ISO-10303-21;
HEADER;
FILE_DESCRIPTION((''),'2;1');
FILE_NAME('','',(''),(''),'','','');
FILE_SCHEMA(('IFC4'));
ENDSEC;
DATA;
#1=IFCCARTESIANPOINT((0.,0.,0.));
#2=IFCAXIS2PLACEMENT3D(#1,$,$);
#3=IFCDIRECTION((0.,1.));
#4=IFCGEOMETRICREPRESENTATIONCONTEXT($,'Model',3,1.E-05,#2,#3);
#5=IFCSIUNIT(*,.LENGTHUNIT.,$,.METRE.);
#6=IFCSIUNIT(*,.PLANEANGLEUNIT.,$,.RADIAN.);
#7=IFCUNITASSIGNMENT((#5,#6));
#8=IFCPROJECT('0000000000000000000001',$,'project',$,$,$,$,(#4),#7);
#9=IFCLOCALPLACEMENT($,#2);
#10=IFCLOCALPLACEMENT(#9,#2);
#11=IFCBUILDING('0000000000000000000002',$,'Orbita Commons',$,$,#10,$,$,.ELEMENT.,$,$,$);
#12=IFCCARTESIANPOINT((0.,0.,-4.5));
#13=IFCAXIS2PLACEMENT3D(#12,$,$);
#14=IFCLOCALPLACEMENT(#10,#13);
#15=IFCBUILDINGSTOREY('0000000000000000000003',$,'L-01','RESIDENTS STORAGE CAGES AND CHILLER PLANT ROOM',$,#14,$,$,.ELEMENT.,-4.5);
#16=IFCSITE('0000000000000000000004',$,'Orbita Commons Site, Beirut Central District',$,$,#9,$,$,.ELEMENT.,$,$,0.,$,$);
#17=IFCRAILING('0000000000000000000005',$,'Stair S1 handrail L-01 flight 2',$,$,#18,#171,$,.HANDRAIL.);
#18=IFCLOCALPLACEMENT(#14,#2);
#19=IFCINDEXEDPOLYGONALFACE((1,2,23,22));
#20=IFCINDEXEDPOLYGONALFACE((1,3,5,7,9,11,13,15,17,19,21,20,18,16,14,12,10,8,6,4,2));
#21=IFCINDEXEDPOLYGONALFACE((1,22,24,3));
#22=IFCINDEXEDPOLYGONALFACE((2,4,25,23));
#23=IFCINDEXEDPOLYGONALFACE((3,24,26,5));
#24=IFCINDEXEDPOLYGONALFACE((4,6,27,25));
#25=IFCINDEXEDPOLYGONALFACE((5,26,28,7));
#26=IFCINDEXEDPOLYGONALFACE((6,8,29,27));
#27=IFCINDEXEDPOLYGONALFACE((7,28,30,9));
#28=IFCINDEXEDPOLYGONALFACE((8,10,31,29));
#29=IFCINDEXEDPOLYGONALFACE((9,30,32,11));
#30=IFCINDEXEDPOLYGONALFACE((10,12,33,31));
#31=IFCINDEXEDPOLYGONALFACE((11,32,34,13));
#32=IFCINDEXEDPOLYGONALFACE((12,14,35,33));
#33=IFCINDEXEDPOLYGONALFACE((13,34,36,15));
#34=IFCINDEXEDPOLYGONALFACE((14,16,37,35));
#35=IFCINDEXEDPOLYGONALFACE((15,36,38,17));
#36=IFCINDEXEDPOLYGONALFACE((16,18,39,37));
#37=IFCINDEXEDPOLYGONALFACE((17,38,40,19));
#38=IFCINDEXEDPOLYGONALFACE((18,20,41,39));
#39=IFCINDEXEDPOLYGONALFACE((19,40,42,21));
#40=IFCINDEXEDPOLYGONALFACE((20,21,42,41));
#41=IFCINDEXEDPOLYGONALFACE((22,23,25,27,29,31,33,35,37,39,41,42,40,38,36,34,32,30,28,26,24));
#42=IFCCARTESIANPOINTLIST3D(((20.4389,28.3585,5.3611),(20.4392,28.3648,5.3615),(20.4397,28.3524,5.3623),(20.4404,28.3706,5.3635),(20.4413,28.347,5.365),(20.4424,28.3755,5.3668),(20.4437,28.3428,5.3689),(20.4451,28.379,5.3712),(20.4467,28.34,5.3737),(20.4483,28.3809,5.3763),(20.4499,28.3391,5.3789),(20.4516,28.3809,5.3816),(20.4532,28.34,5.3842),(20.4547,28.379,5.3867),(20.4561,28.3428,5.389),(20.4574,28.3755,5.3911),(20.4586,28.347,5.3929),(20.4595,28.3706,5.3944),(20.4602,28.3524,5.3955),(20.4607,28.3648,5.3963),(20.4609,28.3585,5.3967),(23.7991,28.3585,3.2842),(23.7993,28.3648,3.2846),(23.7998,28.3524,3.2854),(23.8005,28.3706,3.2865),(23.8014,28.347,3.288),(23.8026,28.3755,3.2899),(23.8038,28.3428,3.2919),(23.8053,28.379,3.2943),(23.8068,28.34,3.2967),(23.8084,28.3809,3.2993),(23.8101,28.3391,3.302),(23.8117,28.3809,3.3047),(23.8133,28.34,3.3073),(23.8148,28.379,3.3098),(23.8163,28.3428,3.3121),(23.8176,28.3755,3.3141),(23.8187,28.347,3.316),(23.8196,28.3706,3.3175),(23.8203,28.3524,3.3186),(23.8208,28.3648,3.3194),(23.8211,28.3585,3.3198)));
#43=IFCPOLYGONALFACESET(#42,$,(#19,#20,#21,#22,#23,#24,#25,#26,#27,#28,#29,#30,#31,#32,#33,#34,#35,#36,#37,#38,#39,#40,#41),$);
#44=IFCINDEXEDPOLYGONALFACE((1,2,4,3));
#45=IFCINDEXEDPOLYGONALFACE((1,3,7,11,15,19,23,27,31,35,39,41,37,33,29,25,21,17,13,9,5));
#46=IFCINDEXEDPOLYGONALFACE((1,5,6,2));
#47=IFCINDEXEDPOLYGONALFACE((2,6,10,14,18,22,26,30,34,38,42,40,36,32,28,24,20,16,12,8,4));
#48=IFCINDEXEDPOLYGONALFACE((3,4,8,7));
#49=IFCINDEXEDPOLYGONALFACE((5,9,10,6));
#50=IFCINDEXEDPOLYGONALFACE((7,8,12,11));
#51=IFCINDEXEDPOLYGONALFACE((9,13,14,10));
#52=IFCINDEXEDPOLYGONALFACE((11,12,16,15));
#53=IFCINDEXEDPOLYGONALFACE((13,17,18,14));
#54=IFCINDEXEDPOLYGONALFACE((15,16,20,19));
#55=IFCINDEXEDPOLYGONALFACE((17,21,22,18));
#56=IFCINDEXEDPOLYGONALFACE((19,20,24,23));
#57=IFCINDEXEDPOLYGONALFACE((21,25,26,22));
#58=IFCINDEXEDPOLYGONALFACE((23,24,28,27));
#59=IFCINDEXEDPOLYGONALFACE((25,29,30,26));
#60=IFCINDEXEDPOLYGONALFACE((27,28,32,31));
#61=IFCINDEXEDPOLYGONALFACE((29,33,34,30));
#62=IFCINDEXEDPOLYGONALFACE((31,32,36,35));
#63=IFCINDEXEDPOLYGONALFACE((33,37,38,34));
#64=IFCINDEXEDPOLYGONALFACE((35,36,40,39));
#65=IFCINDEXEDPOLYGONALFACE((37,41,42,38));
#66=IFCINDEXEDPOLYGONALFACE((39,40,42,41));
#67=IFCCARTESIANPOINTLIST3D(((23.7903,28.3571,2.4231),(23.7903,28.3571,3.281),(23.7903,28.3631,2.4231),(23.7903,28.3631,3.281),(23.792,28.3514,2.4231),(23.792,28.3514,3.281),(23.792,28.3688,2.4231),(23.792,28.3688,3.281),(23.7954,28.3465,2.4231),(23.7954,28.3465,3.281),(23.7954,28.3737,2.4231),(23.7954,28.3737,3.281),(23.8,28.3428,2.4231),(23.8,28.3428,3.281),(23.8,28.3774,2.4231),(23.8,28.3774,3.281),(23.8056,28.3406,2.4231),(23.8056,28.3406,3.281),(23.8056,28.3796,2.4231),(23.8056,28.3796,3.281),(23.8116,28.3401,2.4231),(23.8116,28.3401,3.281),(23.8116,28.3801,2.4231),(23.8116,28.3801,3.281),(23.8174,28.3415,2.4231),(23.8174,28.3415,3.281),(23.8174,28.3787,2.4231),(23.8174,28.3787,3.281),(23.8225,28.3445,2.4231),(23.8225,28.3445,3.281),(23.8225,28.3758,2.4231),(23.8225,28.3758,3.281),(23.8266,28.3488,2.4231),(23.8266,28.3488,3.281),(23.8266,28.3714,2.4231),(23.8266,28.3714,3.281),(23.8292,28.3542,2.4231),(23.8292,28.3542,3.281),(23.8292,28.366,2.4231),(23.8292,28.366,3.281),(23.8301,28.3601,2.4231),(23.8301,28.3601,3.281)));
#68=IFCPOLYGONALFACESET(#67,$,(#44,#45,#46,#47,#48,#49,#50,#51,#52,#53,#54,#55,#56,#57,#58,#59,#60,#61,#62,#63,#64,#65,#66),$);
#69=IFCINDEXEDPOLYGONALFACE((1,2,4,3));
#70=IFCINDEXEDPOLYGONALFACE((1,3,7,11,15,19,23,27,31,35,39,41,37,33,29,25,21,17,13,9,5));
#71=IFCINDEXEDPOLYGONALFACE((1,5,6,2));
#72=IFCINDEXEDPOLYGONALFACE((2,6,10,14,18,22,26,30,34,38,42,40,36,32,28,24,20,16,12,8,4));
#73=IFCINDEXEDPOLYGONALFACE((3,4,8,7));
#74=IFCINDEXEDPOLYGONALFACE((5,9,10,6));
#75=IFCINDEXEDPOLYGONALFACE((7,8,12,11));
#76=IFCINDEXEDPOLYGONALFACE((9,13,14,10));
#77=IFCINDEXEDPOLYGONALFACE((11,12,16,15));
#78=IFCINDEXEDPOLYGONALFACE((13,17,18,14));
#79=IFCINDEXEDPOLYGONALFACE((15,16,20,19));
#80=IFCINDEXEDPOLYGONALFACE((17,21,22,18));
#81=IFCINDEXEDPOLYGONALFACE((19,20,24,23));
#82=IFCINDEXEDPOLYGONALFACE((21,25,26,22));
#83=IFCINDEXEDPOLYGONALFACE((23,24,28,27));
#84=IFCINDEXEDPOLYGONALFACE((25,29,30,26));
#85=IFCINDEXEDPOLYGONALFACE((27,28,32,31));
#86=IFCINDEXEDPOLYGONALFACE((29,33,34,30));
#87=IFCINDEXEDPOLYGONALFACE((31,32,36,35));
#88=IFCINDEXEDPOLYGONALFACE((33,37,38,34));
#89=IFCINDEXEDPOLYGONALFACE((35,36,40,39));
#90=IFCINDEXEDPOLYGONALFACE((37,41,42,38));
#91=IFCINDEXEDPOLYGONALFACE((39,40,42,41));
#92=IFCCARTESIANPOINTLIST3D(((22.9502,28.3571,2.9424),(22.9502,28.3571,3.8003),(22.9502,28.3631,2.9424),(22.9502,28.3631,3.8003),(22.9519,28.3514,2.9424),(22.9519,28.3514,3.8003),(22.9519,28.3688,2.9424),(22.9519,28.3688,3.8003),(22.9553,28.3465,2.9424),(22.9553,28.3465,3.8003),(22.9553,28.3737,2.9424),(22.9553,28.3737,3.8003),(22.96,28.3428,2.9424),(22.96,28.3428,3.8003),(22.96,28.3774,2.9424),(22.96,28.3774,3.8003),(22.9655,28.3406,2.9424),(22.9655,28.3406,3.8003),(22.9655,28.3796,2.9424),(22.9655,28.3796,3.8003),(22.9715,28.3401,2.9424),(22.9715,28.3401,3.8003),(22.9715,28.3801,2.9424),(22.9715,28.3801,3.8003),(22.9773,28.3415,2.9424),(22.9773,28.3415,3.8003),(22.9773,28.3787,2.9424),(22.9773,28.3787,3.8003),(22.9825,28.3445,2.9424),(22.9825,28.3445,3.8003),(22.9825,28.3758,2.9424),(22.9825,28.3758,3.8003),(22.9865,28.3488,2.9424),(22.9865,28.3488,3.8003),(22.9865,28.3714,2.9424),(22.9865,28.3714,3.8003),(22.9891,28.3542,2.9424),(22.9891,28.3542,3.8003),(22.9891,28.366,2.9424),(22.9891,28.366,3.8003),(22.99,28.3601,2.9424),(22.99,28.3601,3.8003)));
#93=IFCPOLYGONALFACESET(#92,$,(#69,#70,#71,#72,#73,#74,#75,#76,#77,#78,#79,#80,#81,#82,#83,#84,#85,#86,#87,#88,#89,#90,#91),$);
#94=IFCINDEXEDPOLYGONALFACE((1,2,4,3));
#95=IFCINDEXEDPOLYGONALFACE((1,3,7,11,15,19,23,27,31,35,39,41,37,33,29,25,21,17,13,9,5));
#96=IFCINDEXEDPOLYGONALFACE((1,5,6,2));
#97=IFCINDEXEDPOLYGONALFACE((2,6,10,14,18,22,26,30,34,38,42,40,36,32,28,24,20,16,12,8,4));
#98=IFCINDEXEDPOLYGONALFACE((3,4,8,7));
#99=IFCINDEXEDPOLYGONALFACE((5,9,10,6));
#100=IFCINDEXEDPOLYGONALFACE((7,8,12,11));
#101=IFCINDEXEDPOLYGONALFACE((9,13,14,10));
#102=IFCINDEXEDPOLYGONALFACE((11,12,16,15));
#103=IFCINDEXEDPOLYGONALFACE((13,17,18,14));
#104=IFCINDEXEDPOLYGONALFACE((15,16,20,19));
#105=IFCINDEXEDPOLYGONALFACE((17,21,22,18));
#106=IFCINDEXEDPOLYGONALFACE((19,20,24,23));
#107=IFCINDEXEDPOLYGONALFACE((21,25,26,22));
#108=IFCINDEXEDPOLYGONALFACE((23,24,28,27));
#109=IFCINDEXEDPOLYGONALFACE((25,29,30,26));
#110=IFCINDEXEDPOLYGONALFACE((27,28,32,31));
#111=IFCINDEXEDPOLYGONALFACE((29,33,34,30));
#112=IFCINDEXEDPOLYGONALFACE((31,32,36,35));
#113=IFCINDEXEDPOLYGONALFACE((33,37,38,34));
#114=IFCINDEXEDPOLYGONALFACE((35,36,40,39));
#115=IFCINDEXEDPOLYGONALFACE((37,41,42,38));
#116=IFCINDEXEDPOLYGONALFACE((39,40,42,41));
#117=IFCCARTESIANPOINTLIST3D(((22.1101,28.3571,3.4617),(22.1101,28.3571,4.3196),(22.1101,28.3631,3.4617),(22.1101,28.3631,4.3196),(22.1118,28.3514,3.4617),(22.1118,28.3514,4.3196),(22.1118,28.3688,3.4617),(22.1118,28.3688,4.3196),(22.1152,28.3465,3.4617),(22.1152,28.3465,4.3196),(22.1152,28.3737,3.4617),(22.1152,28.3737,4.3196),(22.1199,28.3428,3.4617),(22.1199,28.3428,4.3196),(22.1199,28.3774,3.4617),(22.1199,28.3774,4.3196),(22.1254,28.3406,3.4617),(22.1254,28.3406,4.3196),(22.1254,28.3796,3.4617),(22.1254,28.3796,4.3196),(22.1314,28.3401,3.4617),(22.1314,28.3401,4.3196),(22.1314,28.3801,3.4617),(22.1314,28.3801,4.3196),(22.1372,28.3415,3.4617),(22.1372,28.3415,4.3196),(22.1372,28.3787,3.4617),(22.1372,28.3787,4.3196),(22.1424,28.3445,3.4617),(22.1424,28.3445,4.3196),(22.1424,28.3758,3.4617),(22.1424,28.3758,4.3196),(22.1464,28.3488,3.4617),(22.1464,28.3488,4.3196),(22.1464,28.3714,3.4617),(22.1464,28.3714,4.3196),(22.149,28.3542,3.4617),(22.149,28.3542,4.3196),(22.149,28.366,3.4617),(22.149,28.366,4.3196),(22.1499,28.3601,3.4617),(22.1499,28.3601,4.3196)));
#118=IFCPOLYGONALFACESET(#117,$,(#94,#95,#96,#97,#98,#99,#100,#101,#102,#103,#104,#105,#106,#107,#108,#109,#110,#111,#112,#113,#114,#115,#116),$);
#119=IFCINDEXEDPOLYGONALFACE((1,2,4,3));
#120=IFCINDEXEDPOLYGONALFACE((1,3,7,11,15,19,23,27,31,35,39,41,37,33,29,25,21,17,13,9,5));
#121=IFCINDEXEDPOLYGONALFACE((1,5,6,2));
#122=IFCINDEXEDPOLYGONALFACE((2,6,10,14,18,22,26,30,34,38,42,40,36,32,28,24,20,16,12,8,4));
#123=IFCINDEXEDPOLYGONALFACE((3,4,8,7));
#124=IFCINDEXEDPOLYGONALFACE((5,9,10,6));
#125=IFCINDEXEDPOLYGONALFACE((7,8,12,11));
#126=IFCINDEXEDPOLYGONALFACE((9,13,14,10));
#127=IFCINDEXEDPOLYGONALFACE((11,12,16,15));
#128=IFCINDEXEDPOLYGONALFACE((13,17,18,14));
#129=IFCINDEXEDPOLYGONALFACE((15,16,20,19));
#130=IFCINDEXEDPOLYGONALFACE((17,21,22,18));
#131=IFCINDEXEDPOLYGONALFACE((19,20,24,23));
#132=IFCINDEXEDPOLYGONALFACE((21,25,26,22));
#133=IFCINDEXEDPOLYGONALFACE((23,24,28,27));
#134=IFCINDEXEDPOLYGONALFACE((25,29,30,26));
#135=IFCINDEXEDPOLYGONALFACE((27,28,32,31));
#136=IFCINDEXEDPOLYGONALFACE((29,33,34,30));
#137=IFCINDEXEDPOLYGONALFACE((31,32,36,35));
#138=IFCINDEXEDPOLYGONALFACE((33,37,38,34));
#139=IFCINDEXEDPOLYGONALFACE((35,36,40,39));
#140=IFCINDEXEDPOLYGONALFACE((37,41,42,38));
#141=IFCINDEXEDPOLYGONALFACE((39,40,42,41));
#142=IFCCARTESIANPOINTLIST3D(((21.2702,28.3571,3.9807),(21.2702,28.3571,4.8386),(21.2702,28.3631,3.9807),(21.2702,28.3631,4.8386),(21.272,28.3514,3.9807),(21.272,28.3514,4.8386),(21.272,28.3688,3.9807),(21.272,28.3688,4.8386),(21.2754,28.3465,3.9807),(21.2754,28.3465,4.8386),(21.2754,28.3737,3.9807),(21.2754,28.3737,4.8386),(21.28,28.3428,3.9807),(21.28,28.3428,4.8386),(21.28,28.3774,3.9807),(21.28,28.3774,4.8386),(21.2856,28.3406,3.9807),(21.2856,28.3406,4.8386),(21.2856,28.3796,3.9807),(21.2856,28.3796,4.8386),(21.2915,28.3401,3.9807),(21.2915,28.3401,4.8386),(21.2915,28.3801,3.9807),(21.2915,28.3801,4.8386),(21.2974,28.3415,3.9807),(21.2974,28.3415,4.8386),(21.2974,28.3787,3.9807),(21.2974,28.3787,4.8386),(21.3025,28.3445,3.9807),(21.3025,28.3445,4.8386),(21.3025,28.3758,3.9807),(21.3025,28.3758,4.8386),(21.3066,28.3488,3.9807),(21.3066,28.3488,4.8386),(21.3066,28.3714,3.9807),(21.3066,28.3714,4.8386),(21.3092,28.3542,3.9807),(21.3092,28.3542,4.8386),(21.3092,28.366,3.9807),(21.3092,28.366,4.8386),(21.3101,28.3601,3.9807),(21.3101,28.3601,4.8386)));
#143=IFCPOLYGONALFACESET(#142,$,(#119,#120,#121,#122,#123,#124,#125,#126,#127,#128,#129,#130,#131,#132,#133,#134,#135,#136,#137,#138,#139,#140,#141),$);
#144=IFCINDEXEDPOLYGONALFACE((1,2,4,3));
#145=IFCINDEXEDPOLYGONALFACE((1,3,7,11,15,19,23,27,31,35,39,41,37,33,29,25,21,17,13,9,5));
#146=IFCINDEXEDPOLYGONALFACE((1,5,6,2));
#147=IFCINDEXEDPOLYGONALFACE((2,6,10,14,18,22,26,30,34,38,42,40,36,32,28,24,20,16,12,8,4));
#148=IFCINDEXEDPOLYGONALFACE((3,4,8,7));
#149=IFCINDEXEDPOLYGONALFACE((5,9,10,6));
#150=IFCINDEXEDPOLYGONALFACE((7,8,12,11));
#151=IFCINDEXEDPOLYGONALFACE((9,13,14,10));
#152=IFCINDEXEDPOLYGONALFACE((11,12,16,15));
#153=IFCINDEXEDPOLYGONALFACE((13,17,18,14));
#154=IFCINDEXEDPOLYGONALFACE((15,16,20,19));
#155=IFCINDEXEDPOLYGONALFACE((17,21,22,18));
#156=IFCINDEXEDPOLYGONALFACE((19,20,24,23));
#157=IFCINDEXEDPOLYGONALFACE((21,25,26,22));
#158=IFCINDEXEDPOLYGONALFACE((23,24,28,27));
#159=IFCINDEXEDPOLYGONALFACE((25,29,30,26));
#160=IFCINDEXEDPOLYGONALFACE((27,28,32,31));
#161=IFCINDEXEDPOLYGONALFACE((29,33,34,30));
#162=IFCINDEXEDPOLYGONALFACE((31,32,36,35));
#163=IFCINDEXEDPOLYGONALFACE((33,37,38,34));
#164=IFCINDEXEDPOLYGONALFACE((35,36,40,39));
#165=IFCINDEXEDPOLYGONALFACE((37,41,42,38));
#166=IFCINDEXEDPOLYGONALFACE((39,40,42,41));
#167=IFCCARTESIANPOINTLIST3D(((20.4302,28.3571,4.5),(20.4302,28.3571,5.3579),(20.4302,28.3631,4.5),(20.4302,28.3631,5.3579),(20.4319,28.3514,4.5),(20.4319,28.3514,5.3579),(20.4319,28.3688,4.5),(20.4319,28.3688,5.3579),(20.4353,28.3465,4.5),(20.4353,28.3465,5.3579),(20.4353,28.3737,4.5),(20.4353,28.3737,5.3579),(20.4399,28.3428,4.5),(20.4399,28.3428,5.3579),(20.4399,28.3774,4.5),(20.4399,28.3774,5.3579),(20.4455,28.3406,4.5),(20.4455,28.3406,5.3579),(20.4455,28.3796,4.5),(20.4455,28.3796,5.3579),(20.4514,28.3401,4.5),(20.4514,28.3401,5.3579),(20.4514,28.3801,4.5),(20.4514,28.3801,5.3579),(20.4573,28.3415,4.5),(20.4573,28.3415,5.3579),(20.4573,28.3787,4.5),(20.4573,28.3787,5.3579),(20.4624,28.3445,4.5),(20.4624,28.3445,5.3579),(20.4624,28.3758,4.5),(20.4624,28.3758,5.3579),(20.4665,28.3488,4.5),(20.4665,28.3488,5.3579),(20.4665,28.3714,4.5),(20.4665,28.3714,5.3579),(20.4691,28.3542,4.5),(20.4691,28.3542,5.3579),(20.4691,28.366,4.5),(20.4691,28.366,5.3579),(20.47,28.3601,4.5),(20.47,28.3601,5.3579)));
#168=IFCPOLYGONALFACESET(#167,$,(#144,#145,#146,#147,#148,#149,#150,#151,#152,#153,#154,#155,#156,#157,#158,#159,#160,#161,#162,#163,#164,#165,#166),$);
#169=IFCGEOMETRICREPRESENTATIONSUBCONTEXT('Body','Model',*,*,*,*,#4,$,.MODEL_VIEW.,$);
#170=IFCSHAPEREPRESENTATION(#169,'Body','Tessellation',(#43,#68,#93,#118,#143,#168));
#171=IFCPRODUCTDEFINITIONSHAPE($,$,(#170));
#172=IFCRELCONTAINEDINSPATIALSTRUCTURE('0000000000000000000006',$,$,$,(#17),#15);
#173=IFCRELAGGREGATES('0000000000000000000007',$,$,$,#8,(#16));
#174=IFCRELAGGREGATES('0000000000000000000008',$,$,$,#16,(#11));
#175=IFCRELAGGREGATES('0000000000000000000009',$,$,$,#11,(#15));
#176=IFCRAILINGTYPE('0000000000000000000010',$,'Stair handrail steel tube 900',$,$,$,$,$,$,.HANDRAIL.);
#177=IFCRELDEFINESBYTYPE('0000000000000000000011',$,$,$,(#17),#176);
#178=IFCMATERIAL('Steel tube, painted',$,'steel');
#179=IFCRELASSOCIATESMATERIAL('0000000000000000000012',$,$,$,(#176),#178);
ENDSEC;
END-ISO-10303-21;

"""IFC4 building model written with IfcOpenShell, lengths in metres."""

from ifc_helpers import new_model, si_unit, direction, frame, origin, origin_2d, place, context, subcontext, project, spatial, circle, extrude, material, type_object, element, save


model = new_model("IFC4")

# Units and contexts
model_context = context("Model", 3, precision=1e-05, world=origin(), true_north=direction((0.0, 1.0)))
body_context = subcontext(model_context, "Body", "Model", "MODEL_VIEW")
ifc_project = project(units=[si_unit("LENGTHUNIT", "METRE"), si_unit("PLANEANGLEUNIT", "RADIAN")], contexts=[model_context])

# Site, building, storey
site_placement = place(None, origin())
site = spatial("IfcSite", under=ifc_project, at=site_placement, Name="Orbita Commons Site, Beirut Central District", CompositionType="ELEMENT", RefElevation=0.0)
building_placement = place(site_placement, origin())
building = spatial("IfcBuilding", under=site, at=building_placement, Name="Orbita Commons", CompositionType="ELEMENT")
storey_placement = place(building_placement, frame((0.0, 0.0, -4.5)))
storey = spatial("IfcBuildingStorey", under=building, at=storey_placement, Name="L-01", Description="RESIDENTS STORAGE CAGES AND CHILLER PLANT ROOM", CompositionType="ELEMENT", Elevation=-4.5)

# Railing
ifc_material = material(Name="Steel tube, painted", Category="steel")
railing_type = type_object("IfcRailingType", Name="Stair handrail steel tube 900", PredefinedType="HANDRAIL", material=ifc_material)
for number, where, name in (
    (1, (23.8101, 28.3601, 2.4231), "Stair S1 handrail L-01 flight 2"),
):
    element("IfcRailing", number, at=place(storey_placement, frame(where)), inside=storey, type_object=railing_type, Name=name, PredefinedType="HANDRAIL", context=body_context, shape_type="SweptSolid", body=[
        extrude(circle(Radius=0.021, at=origin_2d()), frame((0.0, 0.0, 0.8789), z_axis=(-0.850623, 0.0, 0.525776), x_axis=(0.0, -1.0, 0.0)), (0.0, 0.0, 1.0), 3.9502),
        extrude(circle(Radius=0.02, at=origin_2d()), origin(), (0.0, 0.0, 1.0), 0.8579),
        extrude(circle(Radius=0.02, at=origin_2d()), frame((-0.8401, 0.0, 0.5193)), (0.0, 0.0, 1.0), 0.8579),
        extrude(circle(Radius=0.02, at=origin_2d()), frame((-1.6802, 0.0, 1.0386)), (0.0, 0.0, 1.0), 0.8579),
        extrude(circle(Radius=0.02, at=origin_2d()), frame((-2.52, 0.0, 1.5576)), (0.0, 0.0, 1.0), 0.8579),
        extrude(circle(Radius=0.02, at=origin_2d()), frame((-3.3601, 0.0, 2.0769)), (0.0, 0.0, 1.0), 0.8579),
    ])

save(model, "model.ifc")
